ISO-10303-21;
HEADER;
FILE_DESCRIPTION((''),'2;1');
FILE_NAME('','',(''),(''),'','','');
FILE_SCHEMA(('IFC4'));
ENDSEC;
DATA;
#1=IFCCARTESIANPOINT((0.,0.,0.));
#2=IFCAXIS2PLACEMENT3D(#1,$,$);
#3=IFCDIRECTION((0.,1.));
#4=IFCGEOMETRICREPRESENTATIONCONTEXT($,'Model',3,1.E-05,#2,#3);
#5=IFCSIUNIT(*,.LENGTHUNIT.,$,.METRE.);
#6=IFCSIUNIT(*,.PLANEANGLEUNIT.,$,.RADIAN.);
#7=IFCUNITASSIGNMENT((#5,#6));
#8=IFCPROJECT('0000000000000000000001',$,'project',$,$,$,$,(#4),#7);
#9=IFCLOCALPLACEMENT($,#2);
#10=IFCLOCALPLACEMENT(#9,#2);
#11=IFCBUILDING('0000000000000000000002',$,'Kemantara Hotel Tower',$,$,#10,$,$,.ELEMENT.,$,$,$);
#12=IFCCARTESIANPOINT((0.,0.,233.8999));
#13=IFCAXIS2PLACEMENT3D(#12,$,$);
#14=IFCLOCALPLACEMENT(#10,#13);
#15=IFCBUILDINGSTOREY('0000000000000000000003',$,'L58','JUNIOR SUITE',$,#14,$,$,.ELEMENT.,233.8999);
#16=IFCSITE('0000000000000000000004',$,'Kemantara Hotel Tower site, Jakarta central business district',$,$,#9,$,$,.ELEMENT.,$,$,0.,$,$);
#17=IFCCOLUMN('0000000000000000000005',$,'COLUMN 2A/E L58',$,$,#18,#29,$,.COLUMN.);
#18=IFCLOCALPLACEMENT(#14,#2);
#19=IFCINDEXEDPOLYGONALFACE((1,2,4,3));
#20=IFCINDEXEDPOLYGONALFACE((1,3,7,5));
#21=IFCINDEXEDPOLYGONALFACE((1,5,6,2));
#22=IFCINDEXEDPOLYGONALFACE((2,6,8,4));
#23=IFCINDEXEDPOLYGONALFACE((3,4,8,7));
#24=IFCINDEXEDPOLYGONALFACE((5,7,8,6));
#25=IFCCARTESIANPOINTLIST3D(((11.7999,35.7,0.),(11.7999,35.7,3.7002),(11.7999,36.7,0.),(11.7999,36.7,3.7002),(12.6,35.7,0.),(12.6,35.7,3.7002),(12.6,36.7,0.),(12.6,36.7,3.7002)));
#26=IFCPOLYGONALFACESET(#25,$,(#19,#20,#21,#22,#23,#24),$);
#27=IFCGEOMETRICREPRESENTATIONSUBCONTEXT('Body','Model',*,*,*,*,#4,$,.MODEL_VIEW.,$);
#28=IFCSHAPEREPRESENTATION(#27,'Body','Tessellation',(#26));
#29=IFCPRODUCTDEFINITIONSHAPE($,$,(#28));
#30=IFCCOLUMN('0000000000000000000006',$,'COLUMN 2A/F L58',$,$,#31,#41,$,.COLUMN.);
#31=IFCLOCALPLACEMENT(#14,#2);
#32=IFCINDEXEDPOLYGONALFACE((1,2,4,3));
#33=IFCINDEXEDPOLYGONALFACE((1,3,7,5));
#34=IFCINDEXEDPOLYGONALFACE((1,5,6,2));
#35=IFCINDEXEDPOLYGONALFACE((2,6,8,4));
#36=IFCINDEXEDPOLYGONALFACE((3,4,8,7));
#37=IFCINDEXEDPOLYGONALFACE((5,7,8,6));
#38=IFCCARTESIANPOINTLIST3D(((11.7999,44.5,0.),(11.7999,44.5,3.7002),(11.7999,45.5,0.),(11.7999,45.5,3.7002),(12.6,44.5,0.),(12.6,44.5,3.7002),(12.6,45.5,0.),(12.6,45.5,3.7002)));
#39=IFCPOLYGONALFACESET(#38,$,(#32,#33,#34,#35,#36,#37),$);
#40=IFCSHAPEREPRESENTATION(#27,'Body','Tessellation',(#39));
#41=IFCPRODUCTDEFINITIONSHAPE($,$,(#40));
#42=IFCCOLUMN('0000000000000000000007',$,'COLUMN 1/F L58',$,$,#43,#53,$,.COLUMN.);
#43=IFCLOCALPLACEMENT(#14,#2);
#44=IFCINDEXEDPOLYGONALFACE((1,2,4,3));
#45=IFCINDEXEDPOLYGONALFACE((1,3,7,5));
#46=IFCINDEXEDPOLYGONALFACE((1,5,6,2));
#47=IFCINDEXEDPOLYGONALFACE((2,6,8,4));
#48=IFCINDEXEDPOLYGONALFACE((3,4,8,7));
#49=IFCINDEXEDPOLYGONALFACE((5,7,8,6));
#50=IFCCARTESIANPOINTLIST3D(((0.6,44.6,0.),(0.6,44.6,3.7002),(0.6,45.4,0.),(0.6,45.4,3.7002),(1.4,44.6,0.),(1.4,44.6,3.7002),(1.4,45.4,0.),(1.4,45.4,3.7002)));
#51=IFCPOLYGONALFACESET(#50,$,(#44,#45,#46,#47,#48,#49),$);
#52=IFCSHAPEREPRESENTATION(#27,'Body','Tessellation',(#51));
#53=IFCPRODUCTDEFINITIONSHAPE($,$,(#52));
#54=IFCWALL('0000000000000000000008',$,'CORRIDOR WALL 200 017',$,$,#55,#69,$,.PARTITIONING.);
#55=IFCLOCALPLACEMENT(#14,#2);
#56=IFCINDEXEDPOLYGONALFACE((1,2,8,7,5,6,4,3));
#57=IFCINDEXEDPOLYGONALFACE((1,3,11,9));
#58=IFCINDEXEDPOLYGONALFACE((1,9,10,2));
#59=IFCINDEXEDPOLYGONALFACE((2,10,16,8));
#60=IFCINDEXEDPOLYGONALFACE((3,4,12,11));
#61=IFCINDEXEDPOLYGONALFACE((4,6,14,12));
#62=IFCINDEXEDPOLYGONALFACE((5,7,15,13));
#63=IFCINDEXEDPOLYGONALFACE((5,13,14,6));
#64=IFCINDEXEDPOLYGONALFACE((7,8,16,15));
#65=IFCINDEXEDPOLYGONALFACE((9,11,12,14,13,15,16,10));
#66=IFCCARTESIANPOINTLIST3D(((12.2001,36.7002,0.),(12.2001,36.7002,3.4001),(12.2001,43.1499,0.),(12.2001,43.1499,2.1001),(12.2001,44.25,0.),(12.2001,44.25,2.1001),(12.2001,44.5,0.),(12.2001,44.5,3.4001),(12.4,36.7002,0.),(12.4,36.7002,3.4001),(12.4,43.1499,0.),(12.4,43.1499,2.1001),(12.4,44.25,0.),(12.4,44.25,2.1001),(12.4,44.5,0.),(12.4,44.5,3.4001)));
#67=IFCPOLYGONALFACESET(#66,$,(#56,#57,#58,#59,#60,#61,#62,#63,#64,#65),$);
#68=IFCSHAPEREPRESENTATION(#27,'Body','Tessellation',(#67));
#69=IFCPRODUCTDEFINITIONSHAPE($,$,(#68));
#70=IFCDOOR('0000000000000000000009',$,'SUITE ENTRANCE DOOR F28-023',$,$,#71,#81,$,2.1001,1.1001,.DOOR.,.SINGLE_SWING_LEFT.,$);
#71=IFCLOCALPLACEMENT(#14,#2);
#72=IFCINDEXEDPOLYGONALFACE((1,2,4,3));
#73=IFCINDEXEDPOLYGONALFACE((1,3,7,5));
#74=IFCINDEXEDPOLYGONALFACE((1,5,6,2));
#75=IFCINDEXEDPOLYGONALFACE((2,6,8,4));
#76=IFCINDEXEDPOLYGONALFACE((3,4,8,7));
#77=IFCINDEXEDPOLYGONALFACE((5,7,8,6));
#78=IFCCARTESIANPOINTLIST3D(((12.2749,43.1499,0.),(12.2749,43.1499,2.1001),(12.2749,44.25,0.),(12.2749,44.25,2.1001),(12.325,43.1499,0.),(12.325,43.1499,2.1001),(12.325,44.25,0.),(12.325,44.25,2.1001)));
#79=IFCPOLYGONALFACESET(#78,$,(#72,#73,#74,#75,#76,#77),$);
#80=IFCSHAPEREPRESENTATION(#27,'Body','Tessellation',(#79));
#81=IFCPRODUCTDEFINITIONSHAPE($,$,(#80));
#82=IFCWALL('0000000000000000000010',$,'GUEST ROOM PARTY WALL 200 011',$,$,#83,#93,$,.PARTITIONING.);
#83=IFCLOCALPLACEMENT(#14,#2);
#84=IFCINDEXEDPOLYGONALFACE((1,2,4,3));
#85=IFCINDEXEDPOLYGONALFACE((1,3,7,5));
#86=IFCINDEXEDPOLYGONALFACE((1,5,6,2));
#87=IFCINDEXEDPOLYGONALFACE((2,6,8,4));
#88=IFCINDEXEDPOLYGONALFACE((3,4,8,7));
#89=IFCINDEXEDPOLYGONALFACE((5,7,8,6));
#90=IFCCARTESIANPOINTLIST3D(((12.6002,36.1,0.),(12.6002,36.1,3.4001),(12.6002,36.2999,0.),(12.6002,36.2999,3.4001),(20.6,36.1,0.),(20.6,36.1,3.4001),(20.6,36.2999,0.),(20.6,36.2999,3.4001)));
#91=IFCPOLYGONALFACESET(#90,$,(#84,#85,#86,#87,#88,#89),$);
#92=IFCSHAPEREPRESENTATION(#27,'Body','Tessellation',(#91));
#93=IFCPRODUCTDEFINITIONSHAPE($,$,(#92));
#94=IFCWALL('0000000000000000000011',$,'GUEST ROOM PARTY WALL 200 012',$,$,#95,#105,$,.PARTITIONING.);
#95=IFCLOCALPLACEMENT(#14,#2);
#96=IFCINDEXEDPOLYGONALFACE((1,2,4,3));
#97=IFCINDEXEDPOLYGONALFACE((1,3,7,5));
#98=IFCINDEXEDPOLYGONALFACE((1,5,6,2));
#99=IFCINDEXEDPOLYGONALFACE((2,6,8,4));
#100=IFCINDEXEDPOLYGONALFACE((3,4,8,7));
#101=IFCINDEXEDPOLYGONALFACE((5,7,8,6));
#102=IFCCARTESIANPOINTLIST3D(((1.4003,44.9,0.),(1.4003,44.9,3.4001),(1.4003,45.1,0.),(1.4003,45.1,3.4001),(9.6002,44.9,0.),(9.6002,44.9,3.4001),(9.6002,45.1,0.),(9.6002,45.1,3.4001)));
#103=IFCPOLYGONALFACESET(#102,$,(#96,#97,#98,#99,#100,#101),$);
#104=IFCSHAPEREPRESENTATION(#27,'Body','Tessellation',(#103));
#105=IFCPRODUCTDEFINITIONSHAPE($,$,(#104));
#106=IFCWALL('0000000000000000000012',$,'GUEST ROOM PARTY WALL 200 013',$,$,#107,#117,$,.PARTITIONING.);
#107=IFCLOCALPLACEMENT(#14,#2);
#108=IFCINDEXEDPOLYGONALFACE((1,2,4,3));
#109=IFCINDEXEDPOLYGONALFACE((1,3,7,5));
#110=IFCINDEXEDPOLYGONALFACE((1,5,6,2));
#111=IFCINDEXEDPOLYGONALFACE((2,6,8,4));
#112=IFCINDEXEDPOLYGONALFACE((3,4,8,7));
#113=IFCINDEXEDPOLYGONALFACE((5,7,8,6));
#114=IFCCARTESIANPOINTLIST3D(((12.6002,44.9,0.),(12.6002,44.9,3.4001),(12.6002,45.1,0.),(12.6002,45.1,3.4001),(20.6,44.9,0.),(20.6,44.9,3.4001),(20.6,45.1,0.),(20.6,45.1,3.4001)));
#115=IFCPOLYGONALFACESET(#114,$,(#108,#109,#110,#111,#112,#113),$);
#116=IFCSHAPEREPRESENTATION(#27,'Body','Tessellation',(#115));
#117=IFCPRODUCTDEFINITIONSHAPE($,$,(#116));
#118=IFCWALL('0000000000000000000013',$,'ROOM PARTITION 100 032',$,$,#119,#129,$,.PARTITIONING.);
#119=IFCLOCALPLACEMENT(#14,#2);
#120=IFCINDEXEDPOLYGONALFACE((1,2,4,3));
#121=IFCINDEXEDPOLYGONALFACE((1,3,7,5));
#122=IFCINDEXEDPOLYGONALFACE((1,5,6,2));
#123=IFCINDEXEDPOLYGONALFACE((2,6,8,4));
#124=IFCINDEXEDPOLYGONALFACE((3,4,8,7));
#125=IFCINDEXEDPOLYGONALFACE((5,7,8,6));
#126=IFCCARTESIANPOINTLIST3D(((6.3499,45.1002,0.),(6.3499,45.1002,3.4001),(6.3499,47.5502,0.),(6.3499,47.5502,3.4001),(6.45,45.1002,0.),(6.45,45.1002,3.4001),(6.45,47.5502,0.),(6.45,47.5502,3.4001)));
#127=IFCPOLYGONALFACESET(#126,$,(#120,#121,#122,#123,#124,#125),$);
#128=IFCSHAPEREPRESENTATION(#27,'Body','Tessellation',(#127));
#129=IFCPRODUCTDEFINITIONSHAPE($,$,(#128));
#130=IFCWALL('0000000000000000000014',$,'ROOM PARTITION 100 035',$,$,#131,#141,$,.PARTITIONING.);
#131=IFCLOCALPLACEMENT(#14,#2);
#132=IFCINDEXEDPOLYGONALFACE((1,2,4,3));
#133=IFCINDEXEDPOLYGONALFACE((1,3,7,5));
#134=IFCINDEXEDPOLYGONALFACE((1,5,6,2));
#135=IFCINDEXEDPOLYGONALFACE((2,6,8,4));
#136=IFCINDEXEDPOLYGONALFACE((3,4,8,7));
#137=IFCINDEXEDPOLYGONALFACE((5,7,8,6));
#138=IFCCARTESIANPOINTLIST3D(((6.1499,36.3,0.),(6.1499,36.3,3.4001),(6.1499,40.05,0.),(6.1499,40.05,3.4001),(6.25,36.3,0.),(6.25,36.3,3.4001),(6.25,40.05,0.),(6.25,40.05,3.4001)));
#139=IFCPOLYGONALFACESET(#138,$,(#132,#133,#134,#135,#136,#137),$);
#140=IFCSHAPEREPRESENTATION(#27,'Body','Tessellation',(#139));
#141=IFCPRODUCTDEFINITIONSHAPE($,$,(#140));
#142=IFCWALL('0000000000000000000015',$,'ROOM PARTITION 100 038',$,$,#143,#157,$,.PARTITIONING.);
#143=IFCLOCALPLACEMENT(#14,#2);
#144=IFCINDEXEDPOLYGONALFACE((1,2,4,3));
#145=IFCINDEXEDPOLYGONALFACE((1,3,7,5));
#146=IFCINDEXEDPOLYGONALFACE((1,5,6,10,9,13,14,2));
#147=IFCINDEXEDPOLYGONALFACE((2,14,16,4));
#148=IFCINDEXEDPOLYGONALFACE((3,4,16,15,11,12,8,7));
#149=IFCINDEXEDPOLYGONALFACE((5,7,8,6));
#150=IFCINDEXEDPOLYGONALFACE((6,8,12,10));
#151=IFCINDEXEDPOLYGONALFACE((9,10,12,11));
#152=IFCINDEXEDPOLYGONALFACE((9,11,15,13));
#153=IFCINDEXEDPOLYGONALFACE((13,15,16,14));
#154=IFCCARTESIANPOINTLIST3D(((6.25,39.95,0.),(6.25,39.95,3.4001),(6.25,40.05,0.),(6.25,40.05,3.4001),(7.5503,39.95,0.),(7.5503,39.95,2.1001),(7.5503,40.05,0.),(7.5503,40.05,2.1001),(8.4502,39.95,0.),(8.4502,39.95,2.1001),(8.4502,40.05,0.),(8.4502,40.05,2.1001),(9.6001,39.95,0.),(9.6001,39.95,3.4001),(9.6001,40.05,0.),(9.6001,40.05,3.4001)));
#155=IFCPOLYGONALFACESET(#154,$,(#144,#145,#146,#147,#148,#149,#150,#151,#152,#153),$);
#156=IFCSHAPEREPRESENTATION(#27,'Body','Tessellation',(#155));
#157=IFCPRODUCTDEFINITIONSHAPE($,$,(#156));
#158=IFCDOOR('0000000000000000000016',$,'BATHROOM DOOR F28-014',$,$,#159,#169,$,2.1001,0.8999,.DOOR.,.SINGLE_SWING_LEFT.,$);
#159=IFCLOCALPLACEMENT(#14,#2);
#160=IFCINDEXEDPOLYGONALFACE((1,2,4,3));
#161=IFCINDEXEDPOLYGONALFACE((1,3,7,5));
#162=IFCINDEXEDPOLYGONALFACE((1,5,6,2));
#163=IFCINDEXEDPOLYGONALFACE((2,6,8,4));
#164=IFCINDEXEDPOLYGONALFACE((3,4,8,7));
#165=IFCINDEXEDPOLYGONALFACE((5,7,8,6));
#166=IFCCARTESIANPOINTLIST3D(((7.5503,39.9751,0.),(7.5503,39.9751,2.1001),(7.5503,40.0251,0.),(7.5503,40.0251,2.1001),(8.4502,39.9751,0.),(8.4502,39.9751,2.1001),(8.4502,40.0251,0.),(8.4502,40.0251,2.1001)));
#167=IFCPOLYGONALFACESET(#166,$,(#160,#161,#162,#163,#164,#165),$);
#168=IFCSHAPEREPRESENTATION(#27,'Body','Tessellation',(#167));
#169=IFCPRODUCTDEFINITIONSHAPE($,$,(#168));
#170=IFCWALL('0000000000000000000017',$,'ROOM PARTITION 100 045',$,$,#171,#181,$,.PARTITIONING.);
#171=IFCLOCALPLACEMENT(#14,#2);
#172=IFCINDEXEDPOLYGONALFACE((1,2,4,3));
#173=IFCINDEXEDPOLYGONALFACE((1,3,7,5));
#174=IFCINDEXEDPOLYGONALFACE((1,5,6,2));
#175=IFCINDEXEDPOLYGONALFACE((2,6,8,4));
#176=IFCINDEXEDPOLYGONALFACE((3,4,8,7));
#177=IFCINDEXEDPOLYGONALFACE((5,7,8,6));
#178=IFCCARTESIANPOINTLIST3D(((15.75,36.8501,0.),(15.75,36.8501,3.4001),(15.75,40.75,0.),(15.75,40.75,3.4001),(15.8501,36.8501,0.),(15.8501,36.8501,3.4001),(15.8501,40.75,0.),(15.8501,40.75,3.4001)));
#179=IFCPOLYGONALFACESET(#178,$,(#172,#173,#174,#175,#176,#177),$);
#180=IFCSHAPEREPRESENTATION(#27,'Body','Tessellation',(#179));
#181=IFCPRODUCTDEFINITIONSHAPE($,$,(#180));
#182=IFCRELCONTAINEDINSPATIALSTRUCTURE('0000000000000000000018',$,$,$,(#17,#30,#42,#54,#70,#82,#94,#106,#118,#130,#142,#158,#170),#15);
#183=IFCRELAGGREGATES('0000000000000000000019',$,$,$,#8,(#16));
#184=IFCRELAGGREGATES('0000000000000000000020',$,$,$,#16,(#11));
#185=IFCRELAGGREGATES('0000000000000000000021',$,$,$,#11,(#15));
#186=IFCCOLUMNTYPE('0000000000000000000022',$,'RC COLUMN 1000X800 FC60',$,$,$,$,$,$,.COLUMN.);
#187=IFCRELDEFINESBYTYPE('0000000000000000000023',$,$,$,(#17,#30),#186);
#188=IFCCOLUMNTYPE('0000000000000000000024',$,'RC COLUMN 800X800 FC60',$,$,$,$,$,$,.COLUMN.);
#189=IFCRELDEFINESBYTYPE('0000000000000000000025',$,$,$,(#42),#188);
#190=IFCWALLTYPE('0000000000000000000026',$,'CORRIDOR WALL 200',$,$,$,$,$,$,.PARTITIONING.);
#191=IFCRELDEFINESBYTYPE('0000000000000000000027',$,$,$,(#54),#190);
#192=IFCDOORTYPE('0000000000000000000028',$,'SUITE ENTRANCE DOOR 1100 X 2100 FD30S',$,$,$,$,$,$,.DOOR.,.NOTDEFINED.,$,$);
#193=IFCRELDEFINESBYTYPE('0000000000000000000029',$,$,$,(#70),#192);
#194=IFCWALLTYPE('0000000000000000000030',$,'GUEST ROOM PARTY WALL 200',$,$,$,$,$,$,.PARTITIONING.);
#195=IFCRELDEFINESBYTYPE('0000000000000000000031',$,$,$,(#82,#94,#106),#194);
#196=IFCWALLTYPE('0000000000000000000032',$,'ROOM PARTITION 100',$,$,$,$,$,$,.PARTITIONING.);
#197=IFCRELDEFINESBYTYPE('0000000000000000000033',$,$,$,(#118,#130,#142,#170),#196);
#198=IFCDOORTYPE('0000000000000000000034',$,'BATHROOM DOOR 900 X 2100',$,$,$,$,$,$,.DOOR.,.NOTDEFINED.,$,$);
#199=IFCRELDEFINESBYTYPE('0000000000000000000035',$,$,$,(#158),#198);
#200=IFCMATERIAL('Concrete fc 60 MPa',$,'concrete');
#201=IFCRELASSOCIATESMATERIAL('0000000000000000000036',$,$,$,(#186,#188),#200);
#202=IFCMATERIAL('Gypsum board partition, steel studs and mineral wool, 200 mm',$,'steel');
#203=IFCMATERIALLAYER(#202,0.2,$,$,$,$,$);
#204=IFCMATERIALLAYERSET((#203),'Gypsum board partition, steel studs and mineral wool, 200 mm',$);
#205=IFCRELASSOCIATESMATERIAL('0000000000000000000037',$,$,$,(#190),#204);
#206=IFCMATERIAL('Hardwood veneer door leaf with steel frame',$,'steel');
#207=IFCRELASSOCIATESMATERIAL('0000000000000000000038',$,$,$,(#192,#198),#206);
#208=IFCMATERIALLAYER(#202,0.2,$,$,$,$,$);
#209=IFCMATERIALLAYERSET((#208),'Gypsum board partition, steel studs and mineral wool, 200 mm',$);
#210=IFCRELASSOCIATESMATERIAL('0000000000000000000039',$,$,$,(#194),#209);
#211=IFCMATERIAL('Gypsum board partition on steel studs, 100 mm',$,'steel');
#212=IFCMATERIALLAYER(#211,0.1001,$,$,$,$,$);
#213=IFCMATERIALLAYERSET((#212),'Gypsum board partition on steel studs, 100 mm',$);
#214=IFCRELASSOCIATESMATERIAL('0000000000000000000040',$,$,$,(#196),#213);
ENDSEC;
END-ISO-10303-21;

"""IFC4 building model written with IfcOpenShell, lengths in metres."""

from ifc_helpers import new_model, si_unit, direction, frame, frame_2d, origin, origin_2d, place, context, subcontext, project, spatial, rectangle, extrude, material, layer, layer_set, material_profile, profile_set, type_object, element, fill, save


model = new_model("IFC4")

# Units and contexts
model_context = context("Model", 3, precision=1e-05, world=origin(), true_north=direction((0.0, 1.0)))
body_context = subcontext(model_context, "Body", "Model", "MODEL_VIEW")
ifc_project = project(units=[si_unit("LENGTHUNIT", "METRE"), si_unit("PLANEANGLEUNIT", "RADIAN")], contexts=[model_context])

# Site, building, storey
site_placement = place(None, origin())
site = spatial("IfcSite", under=ifc_project, at=site_placement, Name="Kemantara Hotel Tower site, Jakarta central business district", CompositionType="ELEMENT", RefElevation=0.0)
building_placement = place(site_placement, origin())
building = spatial("IfcBuilding", under=site, at=building_placement, Name="Kemantara Hotel Tower", CompositionType="ELEMENT")
storey_placement = place(building_placement, frame((0.0, 0.0, 233.8999)))
storey = spatial("IfcBuildingStorey", under=building, at=storey_placement, Name="L58", Description="JUNIOR SUITE", CompositionType="ELEMENT", Elevation=233.8999)

# Columns
ifc_material_1 = material(Name="Concrete fc 60 MPa", Category="concrete")
ifc_material_profile_1 = material_profile(ifc_material_1, rectangle(XDim=1.0, YDim=0.8, at=origin_2d()), Name="RC 1000X800")
ifc_profile_set_1 = profile_set([ifc_material_profile_1], Name="Concrete fc 60 MPa")
column_type_1 = type_object("IfcColumnType", Name="RC COLUMN 1000X800 FC60", PredefinedType="COLUMN", material=ifc_profile_set_1)
for number, where, z_axis, x_axis, name in (
    (1, (12.2, 36.2, 0.0), (0.0, 0.0, 1.0), (0.0, 1.0, 0.0), "COLUMN 2A/E L58"),
    (2, (12.2, 45.0, 0.0), (0.0, 0.0, 1.0), (0.0, 1.0, 0.0), "COLUMN 2A/F L58"),
):
    element("IfcColumn", number, at=place(storey_placement, frame(where, z_axis=z_axis, x_axis=x_axis)), inside=storey, type_object=column_type_1, Name=name, PredefinedType="COLUMN", context=body_context, shape_type="SweptSolid", body=[
        extrude(rectangle(XDim=1.0, YDim=0.8, at=origin_2d()), origin(), (0.0, 0.0, 1.0), 3.7002),
    ])
ifc_material_profile_2 = material_profile(ifc_material_1, rectangle(XDim=0.8, YDim=0.8, at=origin_2d()), Name="RC 800X800")
ifc_profile_set_2 = profile_set([ifc_material_profile_2], Name="Concrete fc 60 MPa")
column_type_2 = type_object("IfcColumnType", Name="RC COLUMN 800X800 FC60", PredefinedType="COLUMN", material=ifc_profile_set_2)
column_placement = place(storey_placement, frame((1.0, 45.0, 0.0), z_axis=(0.0, 0.0, 1.0), x_axis=(1.0, 0.0, 0.0)))
element("IfcColumn", 3, at=column_placement, inside=storey, type_object=column_type_2, Name="COLUMN 1/F L58", PredefinedType="COLUMN", context=body_context, shape_type="SweptSolid", body=[
    extrude(rectangle(XDim=0.8, YDim=0.8, at=origin_2d()), origin(), (0.0, 0.0, 1.0), 3.7002),
])

# Wall, opening, door
ifc_material_2 = material(Name="Gypsum board partition, steel studs and mineral wool, 200 mm", Category="steel")
ifc_layer_1 = layer(ifc_material_2, 0.2)
ifc_layer_set_1 = layer_set([ifc_layer_1], Name="Gypsum board partition, steel studs and mineral wool, 200 mm")
wall_type_1 = type_object("IfcWallType", Name="CORRIDOR WALL 200", PredefinedType="PARTITIONING", material=ifc_layer_set_1)
wall_1_placement = place(storey_placement, frame((12.3, 44.5, 0.0), z_axis=(0.0, 0.0, 1.0), x_axis=(0.0, -1.0, 0.0)))
wall_1 = element("IfcWall", 4, at=wall_1_placement, inside=storey, type_object=wall_type_1, Name="CORRIDOR WALL 200 017", PredefinedType="PARTITIONING", context=body_context, shape_type="SweptSolid", body=[
    extrude(rectangle(XDim=7.7998, YDim=0.2, at=frame_2d((3.8999, 0.0))), origin(), (0.0, 0.0, 1.0), 3.4001),
])
opening_1_placement = place(wall_1_placement, frame((0.25, 0.0, 0.0)))
opening_1 = element("IfcOpeningElement", 5, at=opening_1_placement, cuts=wall_1, PredefinedType="OPENING", context=body_context, shape_type="SweptSolid", body=[
    extrude(rectangle(XDim=1.1001, YDim=2.1001, at=frame_2d((0.55, 1.05))), frame((0.0, 0.1099, 0.0), z_axis=(0.0, -1.0, 0.0), x_axis=(1.0, 0.0, 0.0)), (0.0, 0.0, 1.0), 0.22),
])
ifc_material_3 = material(Name="Hardwood veneer door leaf with steel frame", Category="steel")
door_type_1 = type_object("IfcDoorType", Name="SUITE ENTRANCE DOOR 1100 X 2100 FD30S", OperationType="NOTDEFINED", PredefinedType="DOOR", material=ifc_material_3)
door_1_placement = place(opening_1_placement, origin())
door_1 = element("IfcDoor", 6, at=door_1_placement, inside=storey, type_object=door_type_1, Name="SUITE ENTRANCE DOOR F28-023", OperationType="SINGLE_SWING_LEFT", OverallHeight=2.1001, OverallWidth=1.1001, PredefinedType="DOOR", context=body_context, shape_type="SweptSolid", body=[
    extrude(rectangle(XDim=1.1001, YDim=2.1001, at=frame_2d((0.55, 1.05))), frame((0.0, 0.0249, 0.0), z_axis=(0.0, -1.0, 0.0), x_axis=(1.0, 0.0, 0.0)), (0.0, 0.0, 1.0), 0.05),
])
fill(opening_1, door_1)

# Walls
ifc_layer_2 = layer(ifc_material_2, 0.2)
ifc_layer_set_2 = layer_set([ifc_layer_2], Name="Gypsum board partition, steel studs and mineral wool, 200 mm")
wall_type_2 = type_object("IfcWallType", Name="GUEST ROOM PARTY WALL 200", PredefinedType="PARTITIONING", material=ifc_layer_set_2)
wall_2_placement = place(storey_placement, frame((12.6001, 36.2, 0.0), z_axis=(0.0, 0.0, 1.0), x_axis=(1.0, 0.0, 0.0)))
element("IfcWall", 7, at=wall_2_placement, inside=storey, type_object=wall_type_2, Name="GUEST ROOM PARTY WALL 200 011", PredefinedType="PARTITIONING", context=body_context, shape_type="SweptSolid", body=[
    extrude(rectangle(XDim=7.9998, YDim=0.2, at=frame_2d((4.0, 0.0))), origin(), (0.0, 0.0, 1.0), 3.4001),
])
wall_3_placement = place(storey_placement, frame((1.4001, 45.0, 0.0), z_axis=(0.0, 0.0, 1.0), x_axis=(1.0, 0.0, 0.0)))
element("IfcWall", 8, at=wall_3_placement, inside=storey, type_object=wall_type_2, Name="GUEST ROOM PARTY WALL 200 012", PredefinedType="PARTITIONING", context=body_context, shape_type="SweptSolid", body=[
    extrude(rectangle(XDim=8.2, YDim=0.2, at=frame_2d((4.1001, 0.0))), origin(), (0.0, 0.0, 1.0), 3.4001),
])
wall_4_placement = place(storey_placement, frame((12.6001, 45.0, 0.0), z_axis=(0.0, 0.0, 1.0), x_axis=(1.0, 0.0, 0.0)))
element("IfcWall", 9, at=wall_4_placement, inside=storey, type_object=wall_type_2, Name="GUEST ROOM PARTY WALL 200 013", PredefinedType="PARTITIONING", context=body_context, shape_type="SweptSolid", body=[
    extrude(rectangle(XDim=7.9998, YDim=0.2, at=frame_2d((4.0, 0.0))), origin(), (0.0, 0.0, 1.0), 3.4001),
])
ifc_material_4 = material(Name="Gypsum board partition on steel studs, 100 mm", Category="steel")
ifc_layer_3 = layer(ifc_material_4, 0.1001)
ifc_layer_set_3 = layer_set([ifc_layer_3], Name="Gypsum board partition on steel studs, 100 mm")
wall_type_3 = type_object("IfcWallType", Name="ROOM PARTITION 100", PredefinedType="PARTITIONING", material=ifc_layer_set_3)
wall_5_placement = place(storey_placement, frame((6.3999, 45.1001, 0.0), z_axis=(0.0, 0.0, 1.0), x_axis=(0.0, 1.0, 0.0)))
element("IfcWall", 10, at=wall_5_placement, inside=storey, type_object=wall_type_3, Name="ROOM PARTITION 100 032", PredefinedType="PARTITIONING", context=body_context, shape_type="SweptSolid", body=[
    extrude(rectangle(XDim=2.45, YDim=0.1001, at=frame_2d((1.2251, 0.0))), origin(), (0.0, 0.0, 1.0), 3.4001),
])
wall_6_placement = place(storey_placement, frame((6.2, 36.3, 0.0), z_axis=(0.0, 0.0, 1.0), x_axis=(0.0, 1.0, 0.0)))
element("IfcWall", 11, at=wall_6_placement, inside=storey, type_object=wall_type_3, Name="ROOM PARTITION 100 035", PredefinedType="PARTITIONING", context=body_context, shape_type="SweptSolid", body=[
    extrude(rectangle(XDim=3.75, YDim=0.1001, at=frame_2d((1.875, 0.0))), origin(), (0.0, 0.0, 1.0), 3.4001),
])

# Wall, opening, door
wall_7_placement = place(storey_placement, frame((9.6001, 40.0, 0.0), z_axis=(0.0, 0.0, 1.0), x_axis=(-1.0, 0.0, 0.0)))
wall_7 = element("IfcWall", 12, at=wall_7_placement, inside=storey, type_object=wall_type_3, Name="ROOM PARTITION 100 038", PredefinedType="PARTITIONING", context=body_context, shape_type="SweptSolid", body=[
    extrude(rectangle(XDim=3.3501, YDim=0.1001, at=frame_2d((1.675, 0.0))), origin(), (0.0, 0.0, 1.0), 3.4001),
])
opening_2_placement = place(wall_7_placement, frame((1.1499, 0.0, 0.0)))
opening_2 = element("IfcOpeningElement", 13, at=opening_2_placement, cuts=wall_7, PredefinedType="OPENING", context=body_context, shape_type="SweptSolid", body=[
    extrude(rectangle(XDim=0.8999, YDim=2.1001, at=frame_2d((0.45, 1.05))), frame((0.0, 0.0601, 0.0), z_axis=(0.0, -1.0, 0.0), x_axis=(1.0, 0.0, 0.0)), (0.0, 0.0, 1.0), 0.1201),
])
door_type_2 = type_object("IfcDoorType", Name="BATHROOM DOOR 900 X 2100", OperationType="NOTDEFINED", PredefinedType="DOOR", material=ifc_material_3)
door_2_placement = place(opening_2_placement, origin())
door_2 = element("IfcDoor", 14, at=door_2_placement, inside=storey, type_object=door_type_2, Name="BATHROOM DOOR F28-014", OperationType="SINGLE_SWING_LEFT", OverallHeight=2.1001, OverallWidth=0.8999, PredefinedType="DOOR", context=body_context, shape_type="SweptSolid", body=[
    extrude(rectangle(XDim=0.8999, YDim=2.1001, at=frame_2d((0.45, 1.05))), frame((0.0, 0.0249, 0.0), z_axis=(0.0, -1.0, 0.0), x_axis=(1.0, 0.0, 0.0)), (0.0, 0.0, 1.0), 0.05),
])
fill(opening_2, door_2)

# Wall
wall_8_placement = place(storey_placement, frame((15.8, 36.8501, 0.0), z_axis=(0.0, 0.0, 1.0), x_axis=(0.0, 1.0, 0.0)))
element("IfcWall", 15, at=wall_8_placement, inside=storey, type_object=wall_type_3, Name="ROOM PARTITION 100 045", PredefinedType="PARTITIONING", context=body_context, shape_type="SweptSolid", body=[
    extrude(rectangle(XDim=3.8999, YDim=0.1001, at=frame_2d((1.95, 0.0))), origin(), (0.0, 0.0, 1.0), 3.4001),
])

save(model, "model.ifc")
